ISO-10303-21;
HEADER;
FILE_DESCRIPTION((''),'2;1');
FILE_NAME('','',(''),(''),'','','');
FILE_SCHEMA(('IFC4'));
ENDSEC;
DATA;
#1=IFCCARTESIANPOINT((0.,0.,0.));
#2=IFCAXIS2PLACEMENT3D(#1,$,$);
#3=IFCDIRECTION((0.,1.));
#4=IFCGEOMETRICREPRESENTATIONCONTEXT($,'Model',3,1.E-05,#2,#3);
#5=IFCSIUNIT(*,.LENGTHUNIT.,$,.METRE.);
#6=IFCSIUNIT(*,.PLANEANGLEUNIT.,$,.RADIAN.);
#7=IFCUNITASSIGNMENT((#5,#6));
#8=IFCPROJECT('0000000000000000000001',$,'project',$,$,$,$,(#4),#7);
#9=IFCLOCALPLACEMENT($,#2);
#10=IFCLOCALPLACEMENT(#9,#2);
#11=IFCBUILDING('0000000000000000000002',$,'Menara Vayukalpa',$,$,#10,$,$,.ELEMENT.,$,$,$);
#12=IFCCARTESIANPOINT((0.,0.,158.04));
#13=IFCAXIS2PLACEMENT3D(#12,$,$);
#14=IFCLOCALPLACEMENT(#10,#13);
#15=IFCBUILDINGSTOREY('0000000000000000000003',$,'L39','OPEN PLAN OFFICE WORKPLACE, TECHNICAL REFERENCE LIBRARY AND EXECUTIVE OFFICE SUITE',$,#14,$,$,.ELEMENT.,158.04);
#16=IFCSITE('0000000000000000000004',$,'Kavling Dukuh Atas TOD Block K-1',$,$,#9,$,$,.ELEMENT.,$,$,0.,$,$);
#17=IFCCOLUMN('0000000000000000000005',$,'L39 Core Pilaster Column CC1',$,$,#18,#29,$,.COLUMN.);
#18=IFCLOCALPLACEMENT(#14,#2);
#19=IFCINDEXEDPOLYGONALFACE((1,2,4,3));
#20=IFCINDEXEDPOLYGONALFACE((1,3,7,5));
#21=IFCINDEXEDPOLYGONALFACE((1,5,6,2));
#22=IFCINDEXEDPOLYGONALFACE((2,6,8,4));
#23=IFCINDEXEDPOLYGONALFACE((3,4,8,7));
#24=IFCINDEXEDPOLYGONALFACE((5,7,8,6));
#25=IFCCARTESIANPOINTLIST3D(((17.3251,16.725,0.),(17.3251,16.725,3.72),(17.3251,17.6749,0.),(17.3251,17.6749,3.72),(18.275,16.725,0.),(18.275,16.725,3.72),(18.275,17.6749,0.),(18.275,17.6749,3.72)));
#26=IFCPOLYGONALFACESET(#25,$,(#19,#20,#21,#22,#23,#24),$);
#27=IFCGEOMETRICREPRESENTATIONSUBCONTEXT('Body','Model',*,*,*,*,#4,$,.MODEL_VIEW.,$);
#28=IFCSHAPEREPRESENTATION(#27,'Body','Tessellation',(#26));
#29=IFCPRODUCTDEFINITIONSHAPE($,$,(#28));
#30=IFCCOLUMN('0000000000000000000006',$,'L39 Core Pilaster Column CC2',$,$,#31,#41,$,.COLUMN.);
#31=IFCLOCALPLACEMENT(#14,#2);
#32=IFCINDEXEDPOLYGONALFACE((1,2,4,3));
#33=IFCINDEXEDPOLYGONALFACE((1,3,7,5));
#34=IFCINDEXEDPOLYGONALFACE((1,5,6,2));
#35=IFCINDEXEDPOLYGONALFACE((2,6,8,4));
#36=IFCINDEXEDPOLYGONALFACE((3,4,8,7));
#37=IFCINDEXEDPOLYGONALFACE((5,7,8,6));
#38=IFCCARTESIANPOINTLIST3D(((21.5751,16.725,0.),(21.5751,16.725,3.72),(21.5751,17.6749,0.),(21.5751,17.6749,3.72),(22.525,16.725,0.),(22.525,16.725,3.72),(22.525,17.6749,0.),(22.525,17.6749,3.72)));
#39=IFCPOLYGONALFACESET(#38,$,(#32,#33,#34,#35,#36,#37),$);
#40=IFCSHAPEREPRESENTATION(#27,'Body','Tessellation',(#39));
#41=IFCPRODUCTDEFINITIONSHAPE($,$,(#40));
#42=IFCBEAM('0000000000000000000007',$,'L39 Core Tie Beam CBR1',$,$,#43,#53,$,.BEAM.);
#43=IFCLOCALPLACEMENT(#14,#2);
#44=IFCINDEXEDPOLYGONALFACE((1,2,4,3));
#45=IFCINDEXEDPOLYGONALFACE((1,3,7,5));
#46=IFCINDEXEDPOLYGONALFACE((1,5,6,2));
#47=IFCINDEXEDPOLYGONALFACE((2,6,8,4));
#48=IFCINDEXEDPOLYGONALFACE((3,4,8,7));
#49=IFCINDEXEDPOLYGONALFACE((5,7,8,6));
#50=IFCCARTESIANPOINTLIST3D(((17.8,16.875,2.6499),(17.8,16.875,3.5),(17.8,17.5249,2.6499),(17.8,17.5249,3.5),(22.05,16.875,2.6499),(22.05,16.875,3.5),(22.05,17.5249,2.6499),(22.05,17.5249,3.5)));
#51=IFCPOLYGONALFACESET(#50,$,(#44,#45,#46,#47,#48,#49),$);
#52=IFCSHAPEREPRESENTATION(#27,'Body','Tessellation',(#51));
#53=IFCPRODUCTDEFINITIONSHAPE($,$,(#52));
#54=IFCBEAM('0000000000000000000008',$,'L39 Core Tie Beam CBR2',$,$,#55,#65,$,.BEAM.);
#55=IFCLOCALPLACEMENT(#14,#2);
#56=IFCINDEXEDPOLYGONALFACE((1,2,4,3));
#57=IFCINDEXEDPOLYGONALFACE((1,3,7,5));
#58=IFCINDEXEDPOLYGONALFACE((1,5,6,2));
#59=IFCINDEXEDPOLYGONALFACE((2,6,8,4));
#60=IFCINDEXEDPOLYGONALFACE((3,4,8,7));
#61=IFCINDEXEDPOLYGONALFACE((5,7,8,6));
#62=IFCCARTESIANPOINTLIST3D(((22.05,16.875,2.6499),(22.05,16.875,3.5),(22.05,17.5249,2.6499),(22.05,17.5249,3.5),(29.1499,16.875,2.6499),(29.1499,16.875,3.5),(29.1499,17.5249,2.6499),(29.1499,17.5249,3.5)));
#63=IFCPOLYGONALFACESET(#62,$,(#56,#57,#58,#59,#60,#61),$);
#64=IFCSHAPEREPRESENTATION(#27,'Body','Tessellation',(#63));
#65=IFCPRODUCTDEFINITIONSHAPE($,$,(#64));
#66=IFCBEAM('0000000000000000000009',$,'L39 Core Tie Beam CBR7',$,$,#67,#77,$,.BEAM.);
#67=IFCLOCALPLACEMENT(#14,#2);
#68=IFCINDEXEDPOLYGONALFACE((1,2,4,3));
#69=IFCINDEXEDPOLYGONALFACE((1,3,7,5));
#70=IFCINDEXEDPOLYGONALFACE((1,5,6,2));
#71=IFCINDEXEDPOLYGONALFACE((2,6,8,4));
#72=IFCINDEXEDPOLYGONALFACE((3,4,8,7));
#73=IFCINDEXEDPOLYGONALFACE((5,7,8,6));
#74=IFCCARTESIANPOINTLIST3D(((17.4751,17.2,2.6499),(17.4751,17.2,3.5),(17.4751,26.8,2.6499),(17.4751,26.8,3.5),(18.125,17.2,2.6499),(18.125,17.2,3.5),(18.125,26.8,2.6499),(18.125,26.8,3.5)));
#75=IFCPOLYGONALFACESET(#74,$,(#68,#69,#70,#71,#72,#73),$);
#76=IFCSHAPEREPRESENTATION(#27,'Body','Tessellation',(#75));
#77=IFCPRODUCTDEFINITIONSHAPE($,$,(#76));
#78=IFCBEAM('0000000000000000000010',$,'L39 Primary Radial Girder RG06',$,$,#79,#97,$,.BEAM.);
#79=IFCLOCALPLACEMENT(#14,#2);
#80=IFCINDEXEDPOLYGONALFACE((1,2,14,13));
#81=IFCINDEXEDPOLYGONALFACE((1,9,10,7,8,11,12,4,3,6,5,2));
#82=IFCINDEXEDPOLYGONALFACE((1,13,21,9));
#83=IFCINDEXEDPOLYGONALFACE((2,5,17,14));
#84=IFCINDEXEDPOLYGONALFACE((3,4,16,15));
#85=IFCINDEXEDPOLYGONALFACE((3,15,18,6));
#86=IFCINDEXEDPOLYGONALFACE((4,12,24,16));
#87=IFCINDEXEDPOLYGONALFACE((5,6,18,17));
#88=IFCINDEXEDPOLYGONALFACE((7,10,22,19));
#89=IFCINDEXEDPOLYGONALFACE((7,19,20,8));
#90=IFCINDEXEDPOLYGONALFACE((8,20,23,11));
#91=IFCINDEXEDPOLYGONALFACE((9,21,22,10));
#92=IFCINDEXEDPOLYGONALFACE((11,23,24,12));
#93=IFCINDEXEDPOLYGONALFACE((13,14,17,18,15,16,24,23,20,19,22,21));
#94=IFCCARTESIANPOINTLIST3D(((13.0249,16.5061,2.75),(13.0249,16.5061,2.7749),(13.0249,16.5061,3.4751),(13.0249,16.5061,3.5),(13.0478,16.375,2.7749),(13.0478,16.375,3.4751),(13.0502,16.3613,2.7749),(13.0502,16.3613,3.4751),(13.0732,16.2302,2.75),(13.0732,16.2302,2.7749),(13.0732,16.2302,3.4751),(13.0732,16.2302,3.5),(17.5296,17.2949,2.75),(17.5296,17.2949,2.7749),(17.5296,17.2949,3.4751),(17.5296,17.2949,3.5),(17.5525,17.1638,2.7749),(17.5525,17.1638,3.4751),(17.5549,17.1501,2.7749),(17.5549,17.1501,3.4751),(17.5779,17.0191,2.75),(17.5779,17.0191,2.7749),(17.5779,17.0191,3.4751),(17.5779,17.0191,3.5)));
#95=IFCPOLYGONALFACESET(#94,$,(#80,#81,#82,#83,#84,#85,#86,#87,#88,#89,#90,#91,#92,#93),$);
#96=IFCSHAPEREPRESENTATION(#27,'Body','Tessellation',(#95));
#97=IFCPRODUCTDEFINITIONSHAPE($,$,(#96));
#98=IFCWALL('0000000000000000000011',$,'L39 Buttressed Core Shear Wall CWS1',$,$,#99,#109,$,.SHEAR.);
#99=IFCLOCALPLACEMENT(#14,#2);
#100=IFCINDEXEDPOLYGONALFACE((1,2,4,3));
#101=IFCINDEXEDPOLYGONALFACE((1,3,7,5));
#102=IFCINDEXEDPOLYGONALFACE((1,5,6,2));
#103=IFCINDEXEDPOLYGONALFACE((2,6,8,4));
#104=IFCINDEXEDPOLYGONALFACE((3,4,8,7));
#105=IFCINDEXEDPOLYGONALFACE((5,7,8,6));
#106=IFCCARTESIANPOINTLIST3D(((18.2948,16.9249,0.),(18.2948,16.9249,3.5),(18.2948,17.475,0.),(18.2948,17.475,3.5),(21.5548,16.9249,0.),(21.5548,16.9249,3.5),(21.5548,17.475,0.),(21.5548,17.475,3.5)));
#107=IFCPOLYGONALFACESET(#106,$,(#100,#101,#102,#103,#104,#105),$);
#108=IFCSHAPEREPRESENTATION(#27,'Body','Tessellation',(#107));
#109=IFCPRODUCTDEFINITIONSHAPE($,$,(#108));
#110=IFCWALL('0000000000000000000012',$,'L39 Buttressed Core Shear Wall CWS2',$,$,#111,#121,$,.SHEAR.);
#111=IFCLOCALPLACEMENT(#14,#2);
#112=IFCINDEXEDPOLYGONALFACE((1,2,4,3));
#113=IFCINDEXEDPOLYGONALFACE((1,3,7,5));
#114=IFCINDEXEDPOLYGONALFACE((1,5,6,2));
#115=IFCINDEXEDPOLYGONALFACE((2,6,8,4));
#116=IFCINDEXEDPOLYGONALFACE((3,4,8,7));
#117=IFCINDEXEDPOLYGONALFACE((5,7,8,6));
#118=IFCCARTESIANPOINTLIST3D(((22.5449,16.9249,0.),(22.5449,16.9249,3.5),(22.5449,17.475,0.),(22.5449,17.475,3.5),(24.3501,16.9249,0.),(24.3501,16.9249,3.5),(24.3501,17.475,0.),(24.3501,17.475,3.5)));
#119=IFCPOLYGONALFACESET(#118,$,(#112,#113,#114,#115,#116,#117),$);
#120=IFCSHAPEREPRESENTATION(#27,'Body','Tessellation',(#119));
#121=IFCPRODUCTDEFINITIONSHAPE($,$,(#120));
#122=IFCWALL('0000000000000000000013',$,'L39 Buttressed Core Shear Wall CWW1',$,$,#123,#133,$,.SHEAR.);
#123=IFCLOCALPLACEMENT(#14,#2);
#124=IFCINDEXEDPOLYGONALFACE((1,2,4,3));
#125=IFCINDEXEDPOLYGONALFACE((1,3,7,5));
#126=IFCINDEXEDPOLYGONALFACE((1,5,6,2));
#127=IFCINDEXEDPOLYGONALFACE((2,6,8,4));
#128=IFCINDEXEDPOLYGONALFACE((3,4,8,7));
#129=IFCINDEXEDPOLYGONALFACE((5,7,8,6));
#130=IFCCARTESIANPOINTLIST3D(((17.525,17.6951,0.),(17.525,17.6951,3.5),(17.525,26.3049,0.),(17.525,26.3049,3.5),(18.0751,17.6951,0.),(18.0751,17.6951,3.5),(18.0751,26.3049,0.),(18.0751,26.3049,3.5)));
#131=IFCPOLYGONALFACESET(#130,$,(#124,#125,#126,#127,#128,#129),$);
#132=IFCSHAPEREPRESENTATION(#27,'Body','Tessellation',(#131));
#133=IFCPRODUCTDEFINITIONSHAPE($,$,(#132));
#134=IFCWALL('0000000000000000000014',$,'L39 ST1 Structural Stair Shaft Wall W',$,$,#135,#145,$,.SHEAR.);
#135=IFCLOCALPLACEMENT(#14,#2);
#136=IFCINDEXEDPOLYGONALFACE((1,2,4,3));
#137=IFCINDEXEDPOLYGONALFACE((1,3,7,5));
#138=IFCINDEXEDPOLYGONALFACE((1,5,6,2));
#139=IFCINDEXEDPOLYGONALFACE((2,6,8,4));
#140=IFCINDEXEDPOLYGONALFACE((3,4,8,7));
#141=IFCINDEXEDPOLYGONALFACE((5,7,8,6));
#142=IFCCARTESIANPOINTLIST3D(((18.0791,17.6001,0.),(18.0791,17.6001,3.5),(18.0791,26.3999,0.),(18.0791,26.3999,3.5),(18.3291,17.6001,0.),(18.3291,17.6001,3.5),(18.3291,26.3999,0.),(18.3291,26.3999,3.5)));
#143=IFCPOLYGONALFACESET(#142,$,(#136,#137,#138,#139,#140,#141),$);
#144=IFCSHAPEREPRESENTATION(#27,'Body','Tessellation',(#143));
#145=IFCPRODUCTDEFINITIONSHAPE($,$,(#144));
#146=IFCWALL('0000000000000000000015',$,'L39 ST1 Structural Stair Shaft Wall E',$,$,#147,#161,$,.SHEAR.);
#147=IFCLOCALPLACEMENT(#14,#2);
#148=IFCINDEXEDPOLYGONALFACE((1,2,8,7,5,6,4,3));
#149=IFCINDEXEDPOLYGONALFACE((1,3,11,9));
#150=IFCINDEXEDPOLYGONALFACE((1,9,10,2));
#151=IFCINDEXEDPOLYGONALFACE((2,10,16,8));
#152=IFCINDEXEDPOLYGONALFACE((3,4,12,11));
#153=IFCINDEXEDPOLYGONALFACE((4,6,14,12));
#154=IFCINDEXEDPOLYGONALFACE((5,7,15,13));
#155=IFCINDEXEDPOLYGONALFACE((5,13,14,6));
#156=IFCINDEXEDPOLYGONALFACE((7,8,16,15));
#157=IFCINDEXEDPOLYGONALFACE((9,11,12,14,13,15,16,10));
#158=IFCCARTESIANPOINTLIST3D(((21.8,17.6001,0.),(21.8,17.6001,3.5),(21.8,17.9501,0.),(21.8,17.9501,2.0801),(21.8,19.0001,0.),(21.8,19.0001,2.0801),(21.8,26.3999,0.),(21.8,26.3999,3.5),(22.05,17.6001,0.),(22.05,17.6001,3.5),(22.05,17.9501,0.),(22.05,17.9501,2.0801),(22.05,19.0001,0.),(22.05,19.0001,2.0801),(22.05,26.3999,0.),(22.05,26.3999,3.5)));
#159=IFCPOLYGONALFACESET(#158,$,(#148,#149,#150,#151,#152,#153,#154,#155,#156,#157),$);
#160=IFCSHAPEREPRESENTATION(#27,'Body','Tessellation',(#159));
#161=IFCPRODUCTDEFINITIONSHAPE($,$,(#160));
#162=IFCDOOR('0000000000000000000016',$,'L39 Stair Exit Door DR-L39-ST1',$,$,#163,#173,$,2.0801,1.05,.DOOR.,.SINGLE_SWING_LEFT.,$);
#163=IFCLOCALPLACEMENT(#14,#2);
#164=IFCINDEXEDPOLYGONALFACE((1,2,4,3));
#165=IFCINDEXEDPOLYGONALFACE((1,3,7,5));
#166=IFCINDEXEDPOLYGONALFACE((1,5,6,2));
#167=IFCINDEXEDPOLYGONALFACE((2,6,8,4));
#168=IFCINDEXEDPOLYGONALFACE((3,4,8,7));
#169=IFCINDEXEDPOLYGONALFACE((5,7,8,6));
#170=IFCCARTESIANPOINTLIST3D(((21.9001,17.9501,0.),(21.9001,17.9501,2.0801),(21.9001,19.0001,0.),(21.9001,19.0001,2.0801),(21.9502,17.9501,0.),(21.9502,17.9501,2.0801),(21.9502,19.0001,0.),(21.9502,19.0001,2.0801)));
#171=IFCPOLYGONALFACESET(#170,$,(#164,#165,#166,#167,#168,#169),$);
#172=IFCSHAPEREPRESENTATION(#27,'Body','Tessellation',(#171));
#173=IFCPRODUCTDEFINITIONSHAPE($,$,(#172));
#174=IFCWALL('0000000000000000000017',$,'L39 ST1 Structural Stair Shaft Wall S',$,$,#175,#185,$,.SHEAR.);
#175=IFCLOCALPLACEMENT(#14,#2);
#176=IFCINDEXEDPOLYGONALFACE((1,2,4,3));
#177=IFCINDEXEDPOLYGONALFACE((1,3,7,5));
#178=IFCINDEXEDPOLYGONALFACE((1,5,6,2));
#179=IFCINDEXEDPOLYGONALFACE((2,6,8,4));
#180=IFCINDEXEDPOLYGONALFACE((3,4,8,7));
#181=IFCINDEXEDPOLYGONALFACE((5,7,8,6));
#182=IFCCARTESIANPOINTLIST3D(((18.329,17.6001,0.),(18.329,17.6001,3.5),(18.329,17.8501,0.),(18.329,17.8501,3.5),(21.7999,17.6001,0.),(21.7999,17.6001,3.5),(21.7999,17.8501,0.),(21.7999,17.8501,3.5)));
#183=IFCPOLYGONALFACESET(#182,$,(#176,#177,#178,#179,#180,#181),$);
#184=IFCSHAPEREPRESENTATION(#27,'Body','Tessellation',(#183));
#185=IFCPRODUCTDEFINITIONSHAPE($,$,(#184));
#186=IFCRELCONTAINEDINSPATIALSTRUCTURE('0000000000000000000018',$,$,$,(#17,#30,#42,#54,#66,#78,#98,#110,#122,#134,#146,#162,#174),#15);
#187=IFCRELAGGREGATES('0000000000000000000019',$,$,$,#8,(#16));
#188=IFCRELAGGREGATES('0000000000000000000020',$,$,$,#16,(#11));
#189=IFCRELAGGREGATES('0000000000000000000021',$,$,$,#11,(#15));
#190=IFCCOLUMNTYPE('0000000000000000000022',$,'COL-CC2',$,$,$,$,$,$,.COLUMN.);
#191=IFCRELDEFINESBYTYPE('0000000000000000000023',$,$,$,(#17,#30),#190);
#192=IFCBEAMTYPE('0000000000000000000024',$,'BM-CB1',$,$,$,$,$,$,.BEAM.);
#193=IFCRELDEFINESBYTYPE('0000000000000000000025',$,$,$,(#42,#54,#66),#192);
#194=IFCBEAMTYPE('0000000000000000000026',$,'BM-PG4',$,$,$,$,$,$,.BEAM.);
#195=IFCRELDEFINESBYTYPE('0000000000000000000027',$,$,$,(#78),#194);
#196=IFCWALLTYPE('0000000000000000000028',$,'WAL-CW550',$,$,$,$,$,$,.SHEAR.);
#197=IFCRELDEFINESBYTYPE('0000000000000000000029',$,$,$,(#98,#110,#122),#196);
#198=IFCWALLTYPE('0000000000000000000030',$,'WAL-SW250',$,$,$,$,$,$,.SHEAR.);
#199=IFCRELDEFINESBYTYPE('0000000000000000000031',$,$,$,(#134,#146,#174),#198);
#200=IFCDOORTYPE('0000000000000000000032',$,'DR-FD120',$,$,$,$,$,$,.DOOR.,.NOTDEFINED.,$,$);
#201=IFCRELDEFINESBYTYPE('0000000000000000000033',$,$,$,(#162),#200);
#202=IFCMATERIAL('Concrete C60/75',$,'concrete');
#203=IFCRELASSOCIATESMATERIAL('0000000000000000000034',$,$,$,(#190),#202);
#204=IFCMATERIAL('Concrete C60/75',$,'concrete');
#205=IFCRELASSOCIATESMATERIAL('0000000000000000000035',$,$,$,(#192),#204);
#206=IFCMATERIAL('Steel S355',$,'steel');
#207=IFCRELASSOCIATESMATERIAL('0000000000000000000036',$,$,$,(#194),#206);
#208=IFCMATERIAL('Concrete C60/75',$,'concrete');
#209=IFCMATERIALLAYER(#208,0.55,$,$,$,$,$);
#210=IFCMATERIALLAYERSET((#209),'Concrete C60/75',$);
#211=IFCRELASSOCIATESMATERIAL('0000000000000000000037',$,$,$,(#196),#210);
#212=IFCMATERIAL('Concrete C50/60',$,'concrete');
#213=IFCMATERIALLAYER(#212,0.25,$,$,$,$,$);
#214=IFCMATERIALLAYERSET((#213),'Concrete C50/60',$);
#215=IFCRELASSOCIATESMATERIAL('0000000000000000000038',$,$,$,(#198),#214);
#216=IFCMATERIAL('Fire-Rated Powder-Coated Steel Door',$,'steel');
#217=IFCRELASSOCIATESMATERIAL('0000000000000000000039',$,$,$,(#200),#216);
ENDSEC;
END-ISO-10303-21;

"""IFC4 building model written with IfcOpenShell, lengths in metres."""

from ifc_helpers import new_model, si_unit, direction, frame, frame_2d, origin, origin_2d, place, context, subcontext, project, spatial, rectangle, i_section, extrude, material, layer, layer_set, material_profile, profile_set, type_object, element, fill, save


model = new_model("IFC4")

# Units and contexts
model_context = context("Model", 3, precision=1e-05, world=origin(), true_north=direction((0.0, 1.0)))
body_context = subcontext(model_context, "Body", "Model", "MODEL_VIEW")
ifc_project = project(units=[si_unit("LENGTHUNIT", "METRE"), si_unit("PLANEANGLEUNIT", "RADIAN")], contexts=[model_context])

# Site, building, storey
site_placement = place(None, origin())
site = spatial("IfcSite", under=ifc_project, at=site_placement, Name="Kavling Dukuh Atas TOD Block K-1", CompositionType="ELEMENT", RefElevation=0.0)
building_placement = place(site_placement, origin())
building = spatial("IfcBuilding", under=site, at=building_placement, Name="Menara Vayukalpa", CompositionType="ELEMENT")
storey_placement = place(building_placement, frame((0.0, 0.0, 158.04)))
storey = spatial("IfcBuildingStorey", under=building, at=storey_placement, Name="L39", Description="OPEN PLAN OFFICE WORKPLACE, TECHNICAL REFERENCE LIBRARY AND EXECUTIVE OFFICE SUITE", CompositionType="ELEMENT", Elevation=158.04)

# Columns
ifc_material_1 = material(Name="Concrete C60/75", Category="concrete")
ifc_material_profile_1 = material_profile(ifc_material_1, rectangle(XDim=0.95, YDim=0.95, at=origin_2d()), Name="RC 950x950")
ifc_profile_set_1 = profile_set([ifc_material_profile_1], Name="Concrete C60/75")
column_type = type_object("IfcColumnType", Name="COL-CC2", PredefinedType="COLUMN", material=ifc_profile_set_1)
for number, where, z_axis, x_axis, name in (
    (1, (17.8, 17.2, 0.0), (0.0, 0.0, 1.0), (1.0, 0.0, 0.0), "L39 Core Pilaster Column CC1"),
    (2, (22.05, 17.2, 0.0), (0.0, 0.0, 1.0), (1.0, 0.0, 0.0), "L39 Core Pilaster Column CC2"),
):
    element("IfcColumn", number, at=place(storey_placement, frame(where, z_axis=z_axis, x_axis=x_axis)), inside=storey, type_object=column_type, Name=name, PredefinedType="COLUMN", context=body_context, shape_type="SweptSolid", body=[
        extrude(rectangle(XDim=0.95, YDim=0.95, at=origin_2d()), origin(), (0.0, 0.0, 1.0), 3.72),
    ])

# Beams
ifc_material_2 = material(Name="Concrete C60/75", Category="concrete")
ifc_material_profile_2 = material_profile(ifc_material_2, rectangle(XDim=0.6499, YDim=0.8501, at=origin_2d()), Name="RC 650x850")
ifc_profile_set_2 = profile_set([ifc_material_profile_2], Name="Concrete C60/75")
beam_type_1 = type_object("IfcBeamType", Name="BM-CB1", PredefinedType="BEAM", material=ifc_profile_set_2)
beam_1_placement = place(storey_placement, frame((17.8, 17.2, 3.075), z_axis=(1.0, 0.0, 0.0), x_axis=(0.0, 1.0, 0.0)))
element("IfcBeam", 3, at=beam_1_placement, inside=storey, type_object=beam_type_1, Name="L39 Core Tie Beam CBR1", PredefinedType="BEAM", context=body_context, shape_type="SweptSolid", body=[
    extrude(rectangle(XDim=0.6499, YDim=0.8501, at=origin_2d()), origin(), (0.0, 0.0, 1.0), 4.25),
])
beam_2_placement = place(storey_placement, frame((22.05, 17.2, 3.075), z_axis=(1.0, 0.0, 0.0), x_axis=(0.0, 1.0, 0.0)))
element("IfcBeam", 4, at=beam_2_placement, inside=storey, type_object=beam_type_1, Name="L39 Core Tie Beam CBR2", PredefinedType="BEAM", context=body_context, shape_type="SweptSolid", body=[
    extrude(rectangle(XDim=0.6499, YDim=0.8501, at=origin_2d()), origin(), (0.0, 0.0, 1.0), 7.0999),
])
beam_3_placement = place(storey_placement, frame((17.8, 17.2, 3.075), z_axis=(0.0, 1.0, 0.0), x_axis=(-1.0, 0.0, 0.0)))
element("IfcBeam", 5, at=beam_3_placement, inside=storey, type_object=beam_type_1, Name="L39 Core Tie Beam CBR7", PredefinedType="BEAM", context=body_context, shape_type="SweptSolid", body=[
    extrude(rectangle(XDim=0.6499, YDim=0.8501, at=origin_2d()), origin(), (0.0, 0.0, 1.0), 9.6001),
])
ifc_material_3 = material(Name="Steel S355", Category="steel")
ifc_material_profile_3 = material_profile(ifc_material_3, i_section(OverallWidth=0.28, OverallDepth=0.75, WebThickness=0.0139, FlangeThickness=0.0249, at=origin_2d()), Name="WF 750x280x14x25")
ifc_profile_set_3 = profile_set([ifc_material_profile_3], Name="Steel S355")
beam_type_2 = type_object("IfcBeamType", Name="BM-PG4", PredefinedType="BEAM", material=ifc_profile_set_3)
beam_4_placement = place(storey_placement, frame((17.5537, 17.157, 3.125), z_axis=(-0.985012, -0.172488, 0.0), x_axis=(0.172488, -0.985012, 0.0)))
element("IfcBeam", 6, at=beam_4_placement, inside=storey, type_object=beam_type_2, Name="L39 Primary Radial Girder RG06", PredefinedType="BEAM", context=body_context, shape_type="SweptSolid", body=[
    extrude(i_section(OverallWidth=0.28, OverallDepth=0.75, WebThickness=0.0139, FlangeThickness=0.0249, at=origin_2d()), origin(), (0.0, 0.0, 1.0), 4.5732),
])

# Walls
ifc_material_4 = material(Name="Concrete C60/75", Category="concrete")
ifc_layer_1 = layer(ifc_material_4, 0.55)
ifc_layer_set_1 = layer_set([ifc_layer_1], Name="Concrete C60/75")
wall_type_1 = type_object("IfcWallType", Name="WAL-CW550", PredefinedType="SHEAR", material=ifc_layer_set_1)
wall_1_placement = place(storey_placement, frame((18.2949, 17.2, 0.0), z_axis=(0.0, 0.0, 1.0), x_axis=(1.0, 0.0, 0.0)))
element("IfcWall", 7, at=wall_1_placement, inside=storey, type_object=wall_type_1, Name="L39 Buttressed Core Shear Wall CWS1", PredefinedType="SHEAR", context=body_context, shape_type="SweptSolid", body=[
    extrude(rectangle(XDim=3.26, YDim=0.55, at=frame_2d((1.6299, 0.0))), origin(), (0.0, 0.0, 1.0), 3.5),
])
wall_2_placement = place(storey_placement, frame((22.5449, 17.2, 0.0), z_axis=(0.0, 0.0, 1.0), x_axis=(1.0, 0.0, 0.0)))
element("IfcWall", 8, at=wall_2_placement, inside=storey, type_object=wall_type_1, Name="L39 Buttressed Core Shear Wall CWS2", PredefinedType="SHEAR", context=body_context, shape_type="SweptSolid", body=[
    extrude(rectangle(XDim=1.8052, YDim=0.55, at=frame_2d((0.9026, 0.0))), origin(), (0.0, 0.0, 1.0), 3.5),
])
wall_3_placement = place(storey_placement, frame((17.8, 17.6951, 0.0), z_axis=(0.0, 0.0, 1.0), x_axis=(0.0, 1.0, 0.0)))
element("IfcWall", 9, at=wall_3_placement, inside=storey, type_object=wall_type_1, Name="L39 Buttressed Core Shear Wall CWW1", PredefinedType="SHEAR", context=body_context, shape_type="SweptSolid", body=[
    extrude(rectangle(XDim=8.6099, YDim=0.55, at=frame_2d((4.3049, 0.0))), origin(), (0.0, 0.0, 1.0), 3.5),
])
ifc_material_5 = material(Name="Concrete C50/60", Category="concrete")
ifc_layer_2 = layer(ifc_material_5, 0.25)
ifc_layer_set_2 = layer_set([ifc_layer_2], Name="Concrete C50/60")
wall_type_2 = type_object("IfcWallType", Name="WAL-SW250", PredefinedType="SHEAR", material=ifc_layer_set_2)
wall_4_placement = place(storey_placement, frame((18.2041, 17.6001, 0.0), z_axis=(0.0, 0.0, 1.0), x_axis=(0.0, 1.0, 0.0)))
element("IfcWall", 10, at=wall_4_placement, inside=storey, type_object=wall_type_2, Name="L39 ST1 Structural Stair Shaft Wall W", PredefinedType="SHEAR", context=body_context, shape_type="SweptSolid", body=[
    extrude(rectangle(XDim=8.7998, YDim=0.25, at=frame_2d((4.3999, 0.0))), origin(), (0.0, 0.0, 1.0), 3.5),
])

# Wall, opening, door
wall_5_placement = place(storey_placement, frame((21.925, 17.6001, 0.0), z_axis=(0.0, 0.0, 1.0), x_axis=(0.0, 1.0, 0.0)))
wall_5 = element("IfcWall", 11, at=wall_5_placement, inside=storey, type_object=wall_type_2, Name="L39 ST1 Structural Stair Shaft Wall E", PredefinedType="SHEAR", context=body_context, shape_type="SweptSolid", body=[
    extrude(rectangle(XDim=8.7998, YDim=0.25, at=frame_2d((4.3999, 0.0))), origin(), (0.0, 0.0, 1.0), 3.5),
])
opening_placement = place(wall_5_placement, frame((0.3501, 0.0, 0.0)))
opening = element("IfcOpeningElement", 12, at=opening_placement, cuts=wall_5, PredefinedType="OPENING", context=body_context, shape_type="SweptSolid", body=[
    extrude(rectangle(XDim=1.05, YDim=2.0801, at=frame_2d((0.5249, 1.04))), frame((0.0, 0.135, 0.0), z_axis=(0.0, -1.0, 0.0), x_axis=(1.0, 0.0, 0.0)), (0.0, 0.0, 1.0), 0.27),
])
ifc_material_6 = material(Name="Fire-Rated Powder-Coated Steel Door", Category="steel")
door_type = type_object("IfcDoorType", Name="DR-FD120", OperationType="NOTDEFINED", PredefinedType="DOOR", material=ifc_material_6)
door_placement = place(opening_placement, origin())
door = element("IfcDoor", 13, at=door_placement, inside=storey, type_object=door_type, Name="L39 Stair Exit Door DR-L39-ST1", OperationType="SINGLE_SWING_LEFT", OverallHeight=2.0801, OverallWidth=1.05, PredefinedType="DOOR", context=body_context, shape_type="SweptSolid", body=[
    extrude(rectangle(XDim=1.05, YDim=2.0801, at=frame_2d((0.5249, 1.04))), frame((0.0, 0.0249, 0.0), z_axis=(0.0, -1.0, 0.0), x_axis=(1.0, 0.0, 0.0)), (0.0, 0.0, 1.0), 0.05),
])
fill(opening, door)

# Wall
wall_6_placement = place(storey_placement, frame((18.3291, 17.7251, 0.0), z_axis=(0.0, 0.0, 1.0), x_axis=(1.0, 0.0, 0.0)))
element("IfcWall", 14, at=wall_6_placement, inside=storey, type_object=wall_type_2, Name="L39 ST1 Structural Stair Shaft Wall S", PredefinedType="SHEAR", context=body_context, shape_type="SweptSolid", body=[
    extrude(rectangle(XDim=3.4709, YDim=0.25, at=frame_2d((1.7354, 0.0))), origin(), (0.0, 0.0, 1.0), 3.5),
])

save(model, "model.ifc")
